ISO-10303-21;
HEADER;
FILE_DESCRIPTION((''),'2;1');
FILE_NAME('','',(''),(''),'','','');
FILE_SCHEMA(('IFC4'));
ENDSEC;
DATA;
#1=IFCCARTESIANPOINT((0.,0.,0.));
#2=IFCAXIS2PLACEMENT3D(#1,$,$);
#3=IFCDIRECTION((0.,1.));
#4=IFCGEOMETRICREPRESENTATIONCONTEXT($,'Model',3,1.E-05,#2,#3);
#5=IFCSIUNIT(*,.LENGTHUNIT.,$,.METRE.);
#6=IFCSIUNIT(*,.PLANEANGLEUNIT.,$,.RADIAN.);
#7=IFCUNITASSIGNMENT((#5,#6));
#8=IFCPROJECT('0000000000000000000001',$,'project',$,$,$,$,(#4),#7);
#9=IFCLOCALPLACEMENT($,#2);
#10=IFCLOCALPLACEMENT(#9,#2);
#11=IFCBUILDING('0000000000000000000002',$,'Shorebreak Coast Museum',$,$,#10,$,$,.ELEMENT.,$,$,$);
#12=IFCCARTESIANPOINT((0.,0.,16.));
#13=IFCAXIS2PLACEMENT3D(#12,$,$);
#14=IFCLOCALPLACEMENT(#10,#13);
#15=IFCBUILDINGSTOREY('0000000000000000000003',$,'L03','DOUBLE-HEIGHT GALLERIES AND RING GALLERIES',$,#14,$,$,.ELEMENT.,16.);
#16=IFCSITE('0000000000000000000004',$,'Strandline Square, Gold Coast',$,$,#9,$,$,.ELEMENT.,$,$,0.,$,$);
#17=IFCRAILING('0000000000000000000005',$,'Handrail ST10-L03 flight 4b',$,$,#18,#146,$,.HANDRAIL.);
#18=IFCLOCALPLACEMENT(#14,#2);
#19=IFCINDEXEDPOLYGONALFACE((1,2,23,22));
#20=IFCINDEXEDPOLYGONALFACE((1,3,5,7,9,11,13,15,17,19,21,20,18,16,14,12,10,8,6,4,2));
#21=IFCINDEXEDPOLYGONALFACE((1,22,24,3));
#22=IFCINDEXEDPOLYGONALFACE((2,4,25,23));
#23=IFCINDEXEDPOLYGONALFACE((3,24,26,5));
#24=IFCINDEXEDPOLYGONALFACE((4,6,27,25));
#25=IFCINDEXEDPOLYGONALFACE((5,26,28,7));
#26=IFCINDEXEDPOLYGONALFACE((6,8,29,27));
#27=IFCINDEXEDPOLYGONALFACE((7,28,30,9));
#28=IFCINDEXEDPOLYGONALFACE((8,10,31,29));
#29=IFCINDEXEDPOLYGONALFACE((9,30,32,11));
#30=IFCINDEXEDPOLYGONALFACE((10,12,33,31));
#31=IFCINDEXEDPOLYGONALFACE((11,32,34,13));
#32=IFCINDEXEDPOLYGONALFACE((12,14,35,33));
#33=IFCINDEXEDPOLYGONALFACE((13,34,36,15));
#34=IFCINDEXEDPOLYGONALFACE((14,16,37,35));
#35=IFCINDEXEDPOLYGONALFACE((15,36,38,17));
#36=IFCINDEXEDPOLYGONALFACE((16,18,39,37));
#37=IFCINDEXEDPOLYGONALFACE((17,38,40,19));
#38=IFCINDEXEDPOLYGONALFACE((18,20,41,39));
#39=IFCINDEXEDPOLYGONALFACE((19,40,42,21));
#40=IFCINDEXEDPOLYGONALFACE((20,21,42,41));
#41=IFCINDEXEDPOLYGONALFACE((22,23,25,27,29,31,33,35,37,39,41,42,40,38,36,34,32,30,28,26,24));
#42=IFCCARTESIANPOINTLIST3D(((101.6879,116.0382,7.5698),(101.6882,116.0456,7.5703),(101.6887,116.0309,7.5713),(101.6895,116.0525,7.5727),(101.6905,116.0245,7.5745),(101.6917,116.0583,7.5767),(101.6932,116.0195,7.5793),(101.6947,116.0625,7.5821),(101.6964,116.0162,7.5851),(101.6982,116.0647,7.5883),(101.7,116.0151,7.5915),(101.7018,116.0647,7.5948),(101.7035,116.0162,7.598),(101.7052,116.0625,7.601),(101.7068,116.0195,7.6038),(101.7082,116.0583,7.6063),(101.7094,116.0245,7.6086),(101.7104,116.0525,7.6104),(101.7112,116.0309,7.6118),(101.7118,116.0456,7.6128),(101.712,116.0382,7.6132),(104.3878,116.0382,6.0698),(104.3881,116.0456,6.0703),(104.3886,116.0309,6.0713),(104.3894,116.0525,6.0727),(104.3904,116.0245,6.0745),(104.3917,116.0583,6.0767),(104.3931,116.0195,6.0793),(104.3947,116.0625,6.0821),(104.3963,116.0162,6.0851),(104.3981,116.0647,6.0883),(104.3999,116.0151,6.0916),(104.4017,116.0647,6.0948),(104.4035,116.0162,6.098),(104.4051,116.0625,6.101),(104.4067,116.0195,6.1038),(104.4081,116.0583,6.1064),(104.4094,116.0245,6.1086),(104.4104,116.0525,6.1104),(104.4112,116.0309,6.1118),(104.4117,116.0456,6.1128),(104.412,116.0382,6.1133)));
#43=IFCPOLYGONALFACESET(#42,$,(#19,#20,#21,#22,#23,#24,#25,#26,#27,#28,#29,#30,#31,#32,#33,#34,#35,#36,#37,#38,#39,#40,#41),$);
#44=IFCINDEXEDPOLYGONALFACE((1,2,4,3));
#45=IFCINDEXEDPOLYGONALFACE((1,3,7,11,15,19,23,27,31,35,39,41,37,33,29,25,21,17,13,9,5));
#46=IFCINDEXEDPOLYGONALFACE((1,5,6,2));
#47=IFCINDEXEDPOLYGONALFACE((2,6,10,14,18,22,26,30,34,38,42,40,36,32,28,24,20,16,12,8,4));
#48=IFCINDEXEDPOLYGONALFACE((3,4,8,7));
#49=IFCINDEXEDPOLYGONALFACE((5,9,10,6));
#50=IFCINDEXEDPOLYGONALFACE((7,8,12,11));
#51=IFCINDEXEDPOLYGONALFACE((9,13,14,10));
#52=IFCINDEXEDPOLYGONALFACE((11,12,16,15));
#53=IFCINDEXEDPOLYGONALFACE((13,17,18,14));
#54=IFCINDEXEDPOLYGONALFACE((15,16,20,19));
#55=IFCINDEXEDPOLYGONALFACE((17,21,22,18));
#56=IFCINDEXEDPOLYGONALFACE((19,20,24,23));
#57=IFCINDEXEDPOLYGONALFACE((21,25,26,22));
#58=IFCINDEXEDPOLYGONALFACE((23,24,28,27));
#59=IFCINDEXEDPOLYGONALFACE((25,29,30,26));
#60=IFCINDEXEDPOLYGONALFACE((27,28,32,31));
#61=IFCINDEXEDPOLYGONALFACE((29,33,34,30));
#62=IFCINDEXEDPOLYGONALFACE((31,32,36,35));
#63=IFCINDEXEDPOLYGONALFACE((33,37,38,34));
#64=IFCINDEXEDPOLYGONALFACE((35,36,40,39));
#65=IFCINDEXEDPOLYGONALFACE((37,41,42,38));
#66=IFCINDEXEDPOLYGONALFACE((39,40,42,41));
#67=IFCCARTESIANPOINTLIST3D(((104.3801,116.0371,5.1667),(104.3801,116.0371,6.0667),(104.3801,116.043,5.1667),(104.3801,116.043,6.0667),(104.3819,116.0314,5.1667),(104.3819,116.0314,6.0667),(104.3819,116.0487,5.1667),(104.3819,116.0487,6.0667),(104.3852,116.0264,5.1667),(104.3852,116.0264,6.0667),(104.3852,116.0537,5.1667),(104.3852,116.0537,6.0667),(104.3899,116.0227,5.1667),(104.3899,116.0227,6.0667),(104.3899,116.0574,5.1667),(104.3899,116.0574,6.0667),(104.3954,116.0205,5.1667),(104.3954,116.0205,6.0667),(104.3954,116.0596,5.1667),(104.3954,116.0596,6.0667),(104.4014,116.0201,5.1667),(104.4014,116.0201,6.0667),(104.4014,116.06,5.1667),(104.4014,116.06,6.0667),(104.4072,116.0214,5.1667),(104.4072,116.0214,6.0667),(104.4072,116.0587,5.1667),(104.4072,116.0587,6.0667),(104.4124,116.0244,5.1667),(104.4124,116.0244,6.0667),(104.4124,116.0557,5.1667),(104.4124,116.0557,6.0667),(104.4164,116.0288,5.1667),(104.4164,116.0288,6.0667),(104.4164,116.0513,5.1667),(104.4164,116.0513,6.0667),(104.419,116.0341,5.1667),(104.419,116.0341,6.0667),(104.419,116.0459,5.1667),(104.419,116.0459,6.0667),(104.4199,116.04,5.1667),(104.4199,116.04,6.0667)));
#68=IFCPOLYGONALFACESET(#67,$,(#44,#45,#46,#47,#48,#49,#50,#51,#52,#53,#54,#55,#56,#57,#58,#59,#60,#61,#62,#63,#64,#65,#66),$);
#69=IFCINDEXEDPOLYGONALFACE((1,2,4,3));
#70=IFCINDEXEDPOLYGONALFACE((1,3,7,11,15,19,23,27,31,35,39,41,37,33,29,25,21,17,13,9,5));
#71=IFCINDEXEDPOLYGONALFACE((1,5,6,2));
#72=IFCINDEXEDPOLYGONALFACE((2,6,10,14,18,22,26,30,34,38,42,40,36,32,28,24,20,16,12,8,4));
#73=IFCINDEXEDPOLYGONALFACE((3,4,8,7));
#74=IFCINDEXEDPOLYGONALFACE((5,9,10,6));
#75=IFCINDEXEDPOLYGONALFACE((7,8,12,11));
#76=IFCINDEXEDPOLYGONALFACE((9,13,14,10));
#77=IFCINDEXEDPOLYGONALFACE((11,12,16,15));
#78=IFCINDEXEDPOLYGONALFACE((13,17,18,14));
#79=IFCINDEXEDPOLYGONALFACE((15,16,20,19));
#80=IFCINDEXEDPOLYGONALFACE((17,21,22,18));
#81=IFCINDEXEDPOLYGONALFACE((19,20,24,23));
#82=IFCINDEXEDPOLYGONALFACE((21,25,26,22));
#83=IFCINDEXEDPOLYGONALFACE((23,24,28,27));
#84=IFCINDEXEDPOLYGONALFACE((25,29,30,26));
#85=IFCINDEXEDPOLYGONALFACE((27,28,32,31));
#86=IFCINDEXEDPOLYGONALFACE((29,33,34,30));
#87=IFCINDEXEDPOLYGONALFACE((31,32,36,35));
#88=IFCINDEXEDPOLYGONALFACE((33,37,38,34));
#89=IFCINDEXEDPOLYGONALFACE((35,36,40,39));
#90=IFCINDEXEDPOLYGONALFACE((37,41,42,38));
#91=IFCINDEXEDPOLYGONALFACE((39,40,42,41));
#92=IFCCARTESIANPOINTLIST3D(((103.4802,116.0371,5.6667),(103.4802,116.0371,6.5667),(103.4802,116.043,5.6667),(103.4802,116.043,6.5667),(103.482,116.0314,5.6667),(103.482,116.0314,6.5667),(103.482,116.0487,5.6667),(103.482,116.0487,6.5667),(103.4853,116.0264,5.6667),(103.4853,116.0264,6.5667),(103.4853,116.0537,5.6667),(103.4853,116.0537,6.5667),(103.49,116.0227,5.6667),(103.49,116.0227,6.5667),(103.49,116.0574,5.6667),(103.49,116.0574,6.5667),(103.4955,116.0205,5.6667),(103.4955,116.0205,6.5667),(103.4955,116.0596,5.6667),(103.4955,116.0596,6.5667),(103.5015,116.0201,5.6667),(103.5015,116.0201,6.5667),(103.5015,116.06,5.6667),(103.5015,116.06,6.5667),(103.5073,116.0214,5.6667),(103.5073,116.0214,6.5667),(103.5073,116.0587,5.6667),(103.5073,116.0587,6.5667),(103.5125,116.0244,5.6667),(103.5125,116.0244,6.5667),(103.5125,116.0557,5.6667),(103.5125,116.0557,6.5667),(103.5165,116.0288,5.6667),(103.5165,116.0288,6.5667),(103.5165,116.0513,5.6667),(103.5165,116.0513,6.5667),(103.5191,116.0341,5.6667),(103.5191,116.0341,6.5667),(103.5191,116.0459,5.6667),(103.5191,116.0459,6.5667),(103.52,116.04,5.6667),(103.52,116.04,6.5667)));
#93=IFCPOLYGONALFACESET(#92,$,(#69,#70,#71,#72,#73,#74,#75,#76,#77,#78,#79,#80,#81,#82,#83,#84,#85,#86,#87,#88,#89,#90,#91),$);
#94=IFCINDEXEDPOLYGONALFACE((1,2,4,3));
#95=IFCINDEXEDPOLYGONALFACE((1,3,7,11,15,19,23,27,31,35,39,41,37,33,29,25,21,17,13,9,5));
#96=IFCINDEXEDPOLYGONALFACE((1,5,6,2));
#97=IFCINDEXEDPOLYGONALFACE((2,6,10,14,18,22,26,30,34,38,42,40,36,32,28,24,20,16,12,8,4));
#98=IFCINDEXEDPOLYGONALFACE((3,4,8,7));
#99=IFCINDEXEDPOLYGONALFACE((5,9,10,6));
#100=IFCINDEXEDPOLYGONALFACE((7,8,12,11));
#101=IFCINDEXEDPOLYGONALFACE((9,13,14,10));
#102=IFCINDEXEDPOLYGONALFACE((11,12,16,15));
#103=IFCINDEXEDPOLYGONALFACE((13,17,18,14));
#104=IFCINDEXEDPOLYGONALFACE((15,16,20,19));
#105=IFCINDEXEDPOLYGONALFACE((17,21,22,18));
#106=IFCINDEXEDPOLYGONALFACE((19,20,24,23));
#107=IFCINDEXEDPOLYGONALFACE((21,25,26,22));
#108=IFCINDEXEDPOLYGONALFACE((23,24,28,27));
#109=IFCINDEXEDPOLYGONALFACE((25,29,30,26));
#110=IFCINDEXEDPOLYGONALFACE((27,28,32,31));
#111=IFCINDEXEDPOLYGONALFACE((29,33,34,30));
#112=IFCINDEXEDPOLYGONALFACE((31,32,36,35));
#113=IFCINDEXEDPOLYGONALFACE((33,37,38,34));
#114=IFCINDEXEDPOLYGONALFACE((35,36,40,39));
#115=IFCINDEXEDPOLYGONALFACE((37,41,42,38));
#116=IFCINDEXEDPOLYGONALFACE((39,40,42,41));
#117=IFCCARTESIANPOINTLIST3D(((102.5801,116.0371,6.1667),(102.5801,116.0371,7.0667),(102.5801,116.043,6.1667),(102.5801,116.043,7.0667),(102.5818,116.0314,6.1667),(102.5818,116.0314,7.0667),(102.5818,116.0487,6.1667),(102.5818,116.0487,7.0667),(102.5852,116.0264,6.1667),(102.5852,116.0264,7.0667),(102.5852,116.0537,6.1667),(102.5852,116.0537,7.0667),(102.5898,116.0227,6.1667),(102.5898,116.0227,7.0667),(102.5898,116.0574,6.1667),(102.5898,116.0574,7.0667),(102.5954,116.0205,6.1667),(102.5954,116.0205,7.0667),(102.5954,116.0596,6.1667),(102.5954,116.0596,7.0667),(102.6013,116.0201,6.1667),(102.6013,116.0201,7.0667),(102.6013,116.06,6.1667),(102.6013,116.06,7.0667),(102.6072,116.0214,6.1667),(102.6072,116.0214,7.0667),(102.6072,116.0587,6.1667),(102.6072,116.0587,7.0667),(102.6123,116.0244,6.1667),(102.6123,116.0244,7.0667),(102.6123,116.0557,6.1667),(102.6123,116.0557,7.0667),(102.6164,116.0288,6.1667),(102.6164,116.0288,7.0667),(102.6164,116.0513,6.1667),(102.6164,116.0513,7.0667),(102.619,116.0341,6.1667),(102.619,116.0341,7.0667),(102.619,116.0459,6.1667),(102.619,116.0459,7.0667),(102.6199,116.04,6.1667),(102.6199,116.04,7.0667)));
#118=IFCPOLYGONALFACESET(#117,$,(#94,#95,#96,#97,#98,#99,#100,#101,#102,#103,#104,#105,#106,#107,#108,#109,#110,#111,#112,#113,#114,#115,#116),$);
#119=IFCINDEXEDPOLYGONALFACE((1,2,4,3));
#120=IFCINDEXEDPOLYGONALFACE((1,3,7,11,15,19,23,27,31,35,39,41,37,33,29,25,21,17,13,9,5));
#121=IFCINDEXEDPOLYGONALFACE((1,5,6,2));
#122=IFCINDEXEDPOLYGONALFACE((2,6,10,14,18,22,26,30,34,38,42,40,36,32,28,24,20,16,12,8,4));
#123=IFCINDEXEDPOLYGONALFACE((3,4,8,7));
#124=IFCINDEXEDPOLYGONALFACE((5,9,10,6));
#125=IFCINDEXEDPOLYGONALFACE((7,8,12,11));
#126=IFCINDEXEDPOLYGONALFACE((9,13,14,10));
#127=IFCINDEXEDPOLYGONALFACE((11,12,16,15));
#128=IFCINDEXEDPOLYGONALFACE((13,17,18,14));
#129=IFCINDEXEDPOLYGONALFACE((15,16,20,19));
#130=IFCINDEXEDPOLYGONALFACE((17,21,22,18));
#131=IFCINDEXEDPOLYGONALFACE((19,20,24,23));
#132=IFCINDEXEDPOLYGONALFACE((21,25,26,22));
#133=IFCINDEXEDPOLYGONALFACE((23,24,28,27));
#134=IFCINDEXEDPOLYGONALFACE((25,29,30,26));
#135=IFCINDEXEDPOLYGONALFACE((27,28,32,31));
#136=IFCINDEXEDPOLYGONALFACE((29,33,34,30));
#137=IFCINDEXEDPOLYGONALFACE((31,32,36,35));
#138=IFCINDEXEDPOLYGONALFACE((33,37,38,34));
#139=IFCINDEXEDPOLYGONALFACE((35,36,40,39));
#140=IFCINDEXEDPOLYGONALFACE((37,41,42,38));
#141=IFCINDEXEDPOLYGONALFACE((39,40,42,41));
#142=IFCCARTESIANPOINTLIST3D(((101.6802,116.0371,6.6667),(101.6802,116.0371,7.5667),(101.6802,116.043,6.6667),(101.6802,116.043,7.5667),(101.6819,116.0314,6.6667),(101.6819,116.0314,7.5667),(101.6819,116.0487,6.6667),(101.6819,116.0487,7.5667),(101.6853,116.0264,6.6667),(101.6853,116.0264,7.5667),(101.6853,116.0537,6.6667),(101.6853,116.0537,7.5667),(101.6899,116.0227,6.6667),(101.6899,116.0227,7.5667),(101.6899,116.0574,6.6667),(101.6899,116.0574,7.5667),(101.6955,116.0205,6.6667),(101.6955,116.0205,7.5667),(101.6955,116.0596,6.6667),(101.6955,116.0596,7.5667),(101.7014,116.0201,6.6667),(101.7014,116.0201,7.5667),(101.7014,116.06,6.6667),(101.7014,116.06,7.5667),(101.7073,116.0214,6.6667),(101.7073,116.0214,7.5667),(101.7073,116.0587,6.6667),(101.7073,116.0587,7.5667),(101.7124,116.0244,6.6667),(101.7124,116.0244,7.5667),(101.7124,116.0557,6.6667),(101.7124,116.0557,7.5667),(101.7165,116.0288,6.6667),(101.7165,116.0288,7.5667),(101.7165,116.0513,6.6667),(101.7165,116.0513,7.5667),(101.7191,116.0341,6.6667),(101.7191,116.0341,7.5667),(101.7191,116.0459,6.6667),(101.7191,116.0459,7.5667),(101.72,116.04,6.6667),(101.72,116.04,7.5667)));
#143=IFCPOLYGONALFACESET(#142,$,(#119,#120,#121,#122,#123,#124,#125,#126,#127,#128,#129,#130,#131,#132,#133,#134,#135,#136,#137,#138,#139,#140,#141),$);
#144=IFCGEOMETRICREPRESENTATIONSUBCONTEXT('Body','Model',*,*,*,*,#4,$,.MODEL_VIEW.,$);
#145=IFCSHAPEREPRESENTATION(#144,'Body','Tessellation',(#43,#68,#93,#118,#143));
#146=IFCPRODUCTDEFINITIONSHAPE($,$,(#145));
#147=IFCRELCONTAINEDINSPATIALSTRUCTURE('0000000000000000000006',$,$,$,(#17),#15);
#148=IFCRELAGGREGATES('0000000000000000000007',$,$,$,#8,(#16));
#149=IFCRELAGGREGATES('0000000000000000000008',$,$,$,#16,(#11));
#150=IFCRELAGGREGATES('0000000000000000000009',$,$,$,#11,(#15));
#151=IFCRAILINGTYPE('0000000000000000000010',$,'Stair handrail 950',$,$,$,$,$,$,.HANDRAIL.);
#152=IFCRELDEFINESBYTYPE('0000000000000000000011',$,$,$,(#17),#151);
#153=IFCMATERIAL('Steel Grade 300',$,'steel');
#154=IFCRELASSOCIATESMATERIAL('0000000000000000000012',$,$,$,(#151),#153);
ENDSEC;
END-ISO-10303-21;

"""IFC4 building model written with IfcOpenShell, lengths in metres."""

from ifc_helpers import new_model, si_unit, direction, frame, origin, origin_2d, place, context, subcontext, project, spatial, circle, extrude, material, type_object, element, save


model = new_model("IFC4")

# Units and contexts
model_context = context("Model", 3, precision=1e-05, world=origin(), true_north=direction((0.0, 1.0)))
body_context = subcontext(model_context, "Body", "Model", "MODEL_VIEW")
ifc_project = project(units=[si_unit("LENGTHUNIT", "METRE"), si_unit("PLANEANGLEUNIT", "RADIAN")], contexts=[model_context])

# Site, building, storey
site_placement = place(None, origin())
site = spatial("IfcSite", under=ifc_project, at=site_placement, Name="Strandline Square, Gold Coast", CompositionType="ELEMENT", RefElevation=0.0)
building_placement = place(site_placement, origin())
building = spatial("IfcBuilding", under=site, at=building_placement, Name="Shorebreak Coast Museum", CompositionType="ELEMENT")
storey_placement = place(building_placement, frame((0.0, 0.0, 16.0)))
storey = spatial("IfcBuildingStorey", under=building, at=storey_placement, Name="L03", Description="DOUBLE-HEIGHT GALLERIES AND RING GALLERIES", CompositionType="ELEMENT", Elevation=16.0)

# Railing
ifc_material_1 = material(Name="Steel Grade 300", Category="steel")
railing_type_1 = type_object("IfcRailingType", Name="Stair handrail 950", PredefinedType="HANDRAIL", material=ifc_material_1)
for number, where, name in (
    (1, (104.3999, 116.04, 5.1667), "Handrail ST10-L03 flight 4b"),
):
    element("IfcRailing", number, at=place(storey_placement, frame(where)), inside=storey, type_object=railing_type_1, Name=name, PredefinedType="HANDRAIL", context=body_context, shape_type="SweptSolid", body=[
        extrude(circle(Radius=0.0249, at=origin_2d()), frame((0.0, 0.0, 0.9248), z_axis=(-0.874154, 0.0, 0.48565), x_axis=(0.0, -1.0, 0.0)), (0.0, 0.0, 1.0), 3.0886),
        extrude(circle(Radius=0.02, at=origin_2d()), origin(), (0.0, 0.0, 1.0), 0.8999),
        extrude(circle(Radius=0.02, at=origin_2d()), frame((-0.8999, 0.0, 0.5)), (0.0, 0.0, 1.0), 0.8999),
        extrude(circle(Radius=0.02, at=origin_2d()), frame((-1.8, 0.0, 1.0)), (0.0, 0.0, 1.0), 0.8999),
        extrude(circle(Radius=0.02, at=origin_2d()), frame((-2.7, 0.0, 1.5)), (0.0, 0.0, 1.0), 0.8999),
    ])

save(model, "model.ifc")
